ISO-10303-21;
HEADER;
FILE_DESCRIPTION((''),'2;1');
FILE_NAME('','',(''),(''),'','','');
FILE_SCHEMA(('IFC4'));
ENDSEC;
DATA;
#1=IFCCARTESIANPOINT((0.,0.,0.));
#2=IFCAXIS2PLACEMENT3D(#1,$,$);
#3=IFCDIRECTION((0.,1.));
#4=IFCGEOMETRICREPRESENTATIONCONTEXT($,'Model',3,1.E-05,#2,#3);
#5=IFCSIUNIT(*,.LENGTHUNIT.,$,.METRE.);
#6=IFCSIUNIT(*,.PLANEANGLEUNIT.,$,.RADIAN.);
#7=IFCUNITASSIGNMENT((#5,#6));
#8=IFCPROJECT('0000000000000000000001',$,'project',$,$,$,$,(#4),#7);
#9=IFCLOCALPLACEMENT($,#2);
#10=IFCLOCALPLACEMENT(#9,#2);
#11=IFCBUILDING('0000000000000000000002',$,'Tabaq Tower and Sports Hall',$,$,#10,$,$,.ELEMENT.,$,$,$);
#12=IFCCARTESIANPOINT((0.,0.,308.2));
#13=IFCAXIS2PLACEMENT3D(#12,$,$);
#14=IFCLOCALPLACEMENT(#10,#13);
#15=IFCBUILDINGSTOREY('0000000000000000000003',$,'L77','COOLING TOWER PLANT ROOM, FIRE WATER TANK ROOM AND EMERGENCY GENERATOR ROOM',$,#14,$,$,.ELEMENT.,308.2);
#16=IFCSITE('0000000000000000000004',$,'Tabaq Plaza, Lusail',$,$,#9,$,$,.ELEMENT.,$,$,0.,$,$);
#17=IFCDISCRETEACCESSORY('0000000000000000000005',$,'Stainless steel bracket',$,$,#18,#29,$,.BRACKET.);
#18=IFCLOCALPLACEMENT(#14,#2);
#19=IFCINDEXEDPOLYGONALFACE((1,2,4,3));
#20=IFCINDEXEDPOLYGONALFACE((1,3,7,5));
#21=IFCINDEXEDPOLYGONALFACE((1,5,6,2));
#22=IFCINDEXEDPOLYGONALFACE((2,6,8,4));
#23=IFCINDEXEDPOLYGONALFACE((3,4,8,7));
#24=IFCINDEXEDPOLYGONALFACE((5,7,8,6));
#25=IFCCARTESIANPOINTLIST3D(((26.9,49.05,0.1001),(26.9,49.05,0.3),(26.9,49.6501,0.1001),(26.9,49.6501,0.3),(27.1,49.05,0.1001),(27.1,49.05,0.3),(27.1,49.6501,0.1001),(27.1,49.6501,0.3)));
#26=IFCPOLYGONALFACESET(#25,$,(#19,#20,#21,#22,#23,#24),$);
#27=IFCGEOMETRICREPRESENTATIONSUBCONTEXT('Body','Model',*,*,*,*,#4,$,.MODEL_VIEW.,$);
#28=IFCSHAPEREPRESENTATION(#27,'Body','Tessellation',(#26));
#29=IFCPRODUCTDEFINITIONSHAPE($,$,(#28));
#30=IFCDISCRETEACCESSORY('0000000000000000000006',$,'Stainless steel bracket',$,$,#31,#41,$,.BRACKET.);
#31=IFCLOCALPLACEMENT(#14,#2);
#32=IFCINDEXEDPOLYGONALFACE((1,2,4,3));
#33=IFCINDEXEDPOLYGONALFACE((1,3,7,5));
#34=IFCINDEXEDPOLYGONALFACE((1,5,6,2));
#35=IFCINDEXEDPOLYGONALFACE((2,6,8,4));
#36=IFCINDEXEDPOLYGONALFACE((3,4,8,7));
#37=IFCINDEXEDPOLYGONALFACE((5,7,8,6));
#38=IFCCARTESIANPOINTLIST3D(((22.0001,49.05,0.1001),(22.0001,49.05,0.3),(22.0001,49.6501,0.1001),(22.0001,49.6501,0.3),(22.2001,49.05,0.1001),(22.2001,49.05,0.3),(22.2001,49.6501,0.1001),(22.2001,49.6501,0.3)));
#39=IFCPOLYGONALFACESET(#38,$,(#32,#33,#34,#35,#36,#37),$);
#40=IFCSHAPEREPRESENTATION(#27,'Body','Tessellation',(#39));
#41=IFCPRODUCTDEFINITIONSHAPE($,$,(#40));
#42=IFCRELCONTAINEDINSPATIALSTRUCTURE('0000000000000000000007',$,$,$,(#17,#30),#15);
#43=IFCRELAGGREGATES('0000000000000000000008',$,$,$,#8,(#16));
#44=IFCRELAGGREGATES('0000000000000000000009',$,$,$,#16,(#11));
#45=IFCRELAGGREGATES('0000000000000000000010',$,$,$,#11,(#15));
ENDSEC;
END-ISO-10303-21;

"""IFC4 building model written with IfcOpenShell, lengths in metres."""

from ifc_helpers import new_model, si_unit, direction, frame, origin, origin_2d, place, context, subcontext, project, spatial, rectangle, extrude, element, save


model = new_model("IFC4")

# Units and contexts
model_context = context("Model", 3, precision=1e-05, world=origin(), true_north=direction((0.0, 1.0)))
body_context = subcontext(model_context, "Body", "Model", "MODEL_VIEW")
ifc_project = project(units=[si_unit("LENGTHUNIT", "METRE"), si_unit("PLANEANGLEUNIT", "RADIAN")], contexts=[model_context])

# Site, building, storey
site_placement = place(None, origin())
site = spatial("IfcSite", under=ifc_project, at=site_placement, Name="Tabaq Plaza, Lusail", CompositionType="ELEMENT", RefElevation=0.0)
building_placement = place(site_placement, origin())
building = spatial("IfcBuilding", under=site, at=building_placement, Name="Tabaq Tower and Sports Hall", CompositionType="ELEMENT")
storey_placement = place(building_placement, frame((0.0, 0.0, 308.2)))
storey = spatial("IfcBuildingStorey", under=building, at=storey_placement, Name="L77", Description="COOLING TOWER PLANT ROOM, FIRE WATER TANK ROOM AND EMERGENCY GENERATOR ROOM", CompositionType="ELEMENT", Elevation=308.2)

# Discrete accessories
for number, where, z_axis, x_axis, name in (
    (1, (27.0, 49.3501, 0.1001), (0.0, 0.0, 1.0), (0.0, 1.0, 0.0), "Stainless steel bracket"),
    (2, (22.1001, 49.3501, 0.1001), (0.0, 0.0, 1.0), (0.0, 1.0, 0.0), "Stainless steel bracket"),
):
    element("IfcDiscreteAccessory", number, at=place(storey_placement, frame(where, z_axis=z_axis, x_axis=x_axis)), inside=storey, Name=name, PredefinedType="BRACKET", context=body_context, shape_type="SweptSolid", body=[
        extrude(rectangle(XDim=0.6001, YDim=0.2, at=origin_2d()), origin(), (0.0, 0.0, 1.0), 0.2),
    ])

save(model, "model.ifc")
